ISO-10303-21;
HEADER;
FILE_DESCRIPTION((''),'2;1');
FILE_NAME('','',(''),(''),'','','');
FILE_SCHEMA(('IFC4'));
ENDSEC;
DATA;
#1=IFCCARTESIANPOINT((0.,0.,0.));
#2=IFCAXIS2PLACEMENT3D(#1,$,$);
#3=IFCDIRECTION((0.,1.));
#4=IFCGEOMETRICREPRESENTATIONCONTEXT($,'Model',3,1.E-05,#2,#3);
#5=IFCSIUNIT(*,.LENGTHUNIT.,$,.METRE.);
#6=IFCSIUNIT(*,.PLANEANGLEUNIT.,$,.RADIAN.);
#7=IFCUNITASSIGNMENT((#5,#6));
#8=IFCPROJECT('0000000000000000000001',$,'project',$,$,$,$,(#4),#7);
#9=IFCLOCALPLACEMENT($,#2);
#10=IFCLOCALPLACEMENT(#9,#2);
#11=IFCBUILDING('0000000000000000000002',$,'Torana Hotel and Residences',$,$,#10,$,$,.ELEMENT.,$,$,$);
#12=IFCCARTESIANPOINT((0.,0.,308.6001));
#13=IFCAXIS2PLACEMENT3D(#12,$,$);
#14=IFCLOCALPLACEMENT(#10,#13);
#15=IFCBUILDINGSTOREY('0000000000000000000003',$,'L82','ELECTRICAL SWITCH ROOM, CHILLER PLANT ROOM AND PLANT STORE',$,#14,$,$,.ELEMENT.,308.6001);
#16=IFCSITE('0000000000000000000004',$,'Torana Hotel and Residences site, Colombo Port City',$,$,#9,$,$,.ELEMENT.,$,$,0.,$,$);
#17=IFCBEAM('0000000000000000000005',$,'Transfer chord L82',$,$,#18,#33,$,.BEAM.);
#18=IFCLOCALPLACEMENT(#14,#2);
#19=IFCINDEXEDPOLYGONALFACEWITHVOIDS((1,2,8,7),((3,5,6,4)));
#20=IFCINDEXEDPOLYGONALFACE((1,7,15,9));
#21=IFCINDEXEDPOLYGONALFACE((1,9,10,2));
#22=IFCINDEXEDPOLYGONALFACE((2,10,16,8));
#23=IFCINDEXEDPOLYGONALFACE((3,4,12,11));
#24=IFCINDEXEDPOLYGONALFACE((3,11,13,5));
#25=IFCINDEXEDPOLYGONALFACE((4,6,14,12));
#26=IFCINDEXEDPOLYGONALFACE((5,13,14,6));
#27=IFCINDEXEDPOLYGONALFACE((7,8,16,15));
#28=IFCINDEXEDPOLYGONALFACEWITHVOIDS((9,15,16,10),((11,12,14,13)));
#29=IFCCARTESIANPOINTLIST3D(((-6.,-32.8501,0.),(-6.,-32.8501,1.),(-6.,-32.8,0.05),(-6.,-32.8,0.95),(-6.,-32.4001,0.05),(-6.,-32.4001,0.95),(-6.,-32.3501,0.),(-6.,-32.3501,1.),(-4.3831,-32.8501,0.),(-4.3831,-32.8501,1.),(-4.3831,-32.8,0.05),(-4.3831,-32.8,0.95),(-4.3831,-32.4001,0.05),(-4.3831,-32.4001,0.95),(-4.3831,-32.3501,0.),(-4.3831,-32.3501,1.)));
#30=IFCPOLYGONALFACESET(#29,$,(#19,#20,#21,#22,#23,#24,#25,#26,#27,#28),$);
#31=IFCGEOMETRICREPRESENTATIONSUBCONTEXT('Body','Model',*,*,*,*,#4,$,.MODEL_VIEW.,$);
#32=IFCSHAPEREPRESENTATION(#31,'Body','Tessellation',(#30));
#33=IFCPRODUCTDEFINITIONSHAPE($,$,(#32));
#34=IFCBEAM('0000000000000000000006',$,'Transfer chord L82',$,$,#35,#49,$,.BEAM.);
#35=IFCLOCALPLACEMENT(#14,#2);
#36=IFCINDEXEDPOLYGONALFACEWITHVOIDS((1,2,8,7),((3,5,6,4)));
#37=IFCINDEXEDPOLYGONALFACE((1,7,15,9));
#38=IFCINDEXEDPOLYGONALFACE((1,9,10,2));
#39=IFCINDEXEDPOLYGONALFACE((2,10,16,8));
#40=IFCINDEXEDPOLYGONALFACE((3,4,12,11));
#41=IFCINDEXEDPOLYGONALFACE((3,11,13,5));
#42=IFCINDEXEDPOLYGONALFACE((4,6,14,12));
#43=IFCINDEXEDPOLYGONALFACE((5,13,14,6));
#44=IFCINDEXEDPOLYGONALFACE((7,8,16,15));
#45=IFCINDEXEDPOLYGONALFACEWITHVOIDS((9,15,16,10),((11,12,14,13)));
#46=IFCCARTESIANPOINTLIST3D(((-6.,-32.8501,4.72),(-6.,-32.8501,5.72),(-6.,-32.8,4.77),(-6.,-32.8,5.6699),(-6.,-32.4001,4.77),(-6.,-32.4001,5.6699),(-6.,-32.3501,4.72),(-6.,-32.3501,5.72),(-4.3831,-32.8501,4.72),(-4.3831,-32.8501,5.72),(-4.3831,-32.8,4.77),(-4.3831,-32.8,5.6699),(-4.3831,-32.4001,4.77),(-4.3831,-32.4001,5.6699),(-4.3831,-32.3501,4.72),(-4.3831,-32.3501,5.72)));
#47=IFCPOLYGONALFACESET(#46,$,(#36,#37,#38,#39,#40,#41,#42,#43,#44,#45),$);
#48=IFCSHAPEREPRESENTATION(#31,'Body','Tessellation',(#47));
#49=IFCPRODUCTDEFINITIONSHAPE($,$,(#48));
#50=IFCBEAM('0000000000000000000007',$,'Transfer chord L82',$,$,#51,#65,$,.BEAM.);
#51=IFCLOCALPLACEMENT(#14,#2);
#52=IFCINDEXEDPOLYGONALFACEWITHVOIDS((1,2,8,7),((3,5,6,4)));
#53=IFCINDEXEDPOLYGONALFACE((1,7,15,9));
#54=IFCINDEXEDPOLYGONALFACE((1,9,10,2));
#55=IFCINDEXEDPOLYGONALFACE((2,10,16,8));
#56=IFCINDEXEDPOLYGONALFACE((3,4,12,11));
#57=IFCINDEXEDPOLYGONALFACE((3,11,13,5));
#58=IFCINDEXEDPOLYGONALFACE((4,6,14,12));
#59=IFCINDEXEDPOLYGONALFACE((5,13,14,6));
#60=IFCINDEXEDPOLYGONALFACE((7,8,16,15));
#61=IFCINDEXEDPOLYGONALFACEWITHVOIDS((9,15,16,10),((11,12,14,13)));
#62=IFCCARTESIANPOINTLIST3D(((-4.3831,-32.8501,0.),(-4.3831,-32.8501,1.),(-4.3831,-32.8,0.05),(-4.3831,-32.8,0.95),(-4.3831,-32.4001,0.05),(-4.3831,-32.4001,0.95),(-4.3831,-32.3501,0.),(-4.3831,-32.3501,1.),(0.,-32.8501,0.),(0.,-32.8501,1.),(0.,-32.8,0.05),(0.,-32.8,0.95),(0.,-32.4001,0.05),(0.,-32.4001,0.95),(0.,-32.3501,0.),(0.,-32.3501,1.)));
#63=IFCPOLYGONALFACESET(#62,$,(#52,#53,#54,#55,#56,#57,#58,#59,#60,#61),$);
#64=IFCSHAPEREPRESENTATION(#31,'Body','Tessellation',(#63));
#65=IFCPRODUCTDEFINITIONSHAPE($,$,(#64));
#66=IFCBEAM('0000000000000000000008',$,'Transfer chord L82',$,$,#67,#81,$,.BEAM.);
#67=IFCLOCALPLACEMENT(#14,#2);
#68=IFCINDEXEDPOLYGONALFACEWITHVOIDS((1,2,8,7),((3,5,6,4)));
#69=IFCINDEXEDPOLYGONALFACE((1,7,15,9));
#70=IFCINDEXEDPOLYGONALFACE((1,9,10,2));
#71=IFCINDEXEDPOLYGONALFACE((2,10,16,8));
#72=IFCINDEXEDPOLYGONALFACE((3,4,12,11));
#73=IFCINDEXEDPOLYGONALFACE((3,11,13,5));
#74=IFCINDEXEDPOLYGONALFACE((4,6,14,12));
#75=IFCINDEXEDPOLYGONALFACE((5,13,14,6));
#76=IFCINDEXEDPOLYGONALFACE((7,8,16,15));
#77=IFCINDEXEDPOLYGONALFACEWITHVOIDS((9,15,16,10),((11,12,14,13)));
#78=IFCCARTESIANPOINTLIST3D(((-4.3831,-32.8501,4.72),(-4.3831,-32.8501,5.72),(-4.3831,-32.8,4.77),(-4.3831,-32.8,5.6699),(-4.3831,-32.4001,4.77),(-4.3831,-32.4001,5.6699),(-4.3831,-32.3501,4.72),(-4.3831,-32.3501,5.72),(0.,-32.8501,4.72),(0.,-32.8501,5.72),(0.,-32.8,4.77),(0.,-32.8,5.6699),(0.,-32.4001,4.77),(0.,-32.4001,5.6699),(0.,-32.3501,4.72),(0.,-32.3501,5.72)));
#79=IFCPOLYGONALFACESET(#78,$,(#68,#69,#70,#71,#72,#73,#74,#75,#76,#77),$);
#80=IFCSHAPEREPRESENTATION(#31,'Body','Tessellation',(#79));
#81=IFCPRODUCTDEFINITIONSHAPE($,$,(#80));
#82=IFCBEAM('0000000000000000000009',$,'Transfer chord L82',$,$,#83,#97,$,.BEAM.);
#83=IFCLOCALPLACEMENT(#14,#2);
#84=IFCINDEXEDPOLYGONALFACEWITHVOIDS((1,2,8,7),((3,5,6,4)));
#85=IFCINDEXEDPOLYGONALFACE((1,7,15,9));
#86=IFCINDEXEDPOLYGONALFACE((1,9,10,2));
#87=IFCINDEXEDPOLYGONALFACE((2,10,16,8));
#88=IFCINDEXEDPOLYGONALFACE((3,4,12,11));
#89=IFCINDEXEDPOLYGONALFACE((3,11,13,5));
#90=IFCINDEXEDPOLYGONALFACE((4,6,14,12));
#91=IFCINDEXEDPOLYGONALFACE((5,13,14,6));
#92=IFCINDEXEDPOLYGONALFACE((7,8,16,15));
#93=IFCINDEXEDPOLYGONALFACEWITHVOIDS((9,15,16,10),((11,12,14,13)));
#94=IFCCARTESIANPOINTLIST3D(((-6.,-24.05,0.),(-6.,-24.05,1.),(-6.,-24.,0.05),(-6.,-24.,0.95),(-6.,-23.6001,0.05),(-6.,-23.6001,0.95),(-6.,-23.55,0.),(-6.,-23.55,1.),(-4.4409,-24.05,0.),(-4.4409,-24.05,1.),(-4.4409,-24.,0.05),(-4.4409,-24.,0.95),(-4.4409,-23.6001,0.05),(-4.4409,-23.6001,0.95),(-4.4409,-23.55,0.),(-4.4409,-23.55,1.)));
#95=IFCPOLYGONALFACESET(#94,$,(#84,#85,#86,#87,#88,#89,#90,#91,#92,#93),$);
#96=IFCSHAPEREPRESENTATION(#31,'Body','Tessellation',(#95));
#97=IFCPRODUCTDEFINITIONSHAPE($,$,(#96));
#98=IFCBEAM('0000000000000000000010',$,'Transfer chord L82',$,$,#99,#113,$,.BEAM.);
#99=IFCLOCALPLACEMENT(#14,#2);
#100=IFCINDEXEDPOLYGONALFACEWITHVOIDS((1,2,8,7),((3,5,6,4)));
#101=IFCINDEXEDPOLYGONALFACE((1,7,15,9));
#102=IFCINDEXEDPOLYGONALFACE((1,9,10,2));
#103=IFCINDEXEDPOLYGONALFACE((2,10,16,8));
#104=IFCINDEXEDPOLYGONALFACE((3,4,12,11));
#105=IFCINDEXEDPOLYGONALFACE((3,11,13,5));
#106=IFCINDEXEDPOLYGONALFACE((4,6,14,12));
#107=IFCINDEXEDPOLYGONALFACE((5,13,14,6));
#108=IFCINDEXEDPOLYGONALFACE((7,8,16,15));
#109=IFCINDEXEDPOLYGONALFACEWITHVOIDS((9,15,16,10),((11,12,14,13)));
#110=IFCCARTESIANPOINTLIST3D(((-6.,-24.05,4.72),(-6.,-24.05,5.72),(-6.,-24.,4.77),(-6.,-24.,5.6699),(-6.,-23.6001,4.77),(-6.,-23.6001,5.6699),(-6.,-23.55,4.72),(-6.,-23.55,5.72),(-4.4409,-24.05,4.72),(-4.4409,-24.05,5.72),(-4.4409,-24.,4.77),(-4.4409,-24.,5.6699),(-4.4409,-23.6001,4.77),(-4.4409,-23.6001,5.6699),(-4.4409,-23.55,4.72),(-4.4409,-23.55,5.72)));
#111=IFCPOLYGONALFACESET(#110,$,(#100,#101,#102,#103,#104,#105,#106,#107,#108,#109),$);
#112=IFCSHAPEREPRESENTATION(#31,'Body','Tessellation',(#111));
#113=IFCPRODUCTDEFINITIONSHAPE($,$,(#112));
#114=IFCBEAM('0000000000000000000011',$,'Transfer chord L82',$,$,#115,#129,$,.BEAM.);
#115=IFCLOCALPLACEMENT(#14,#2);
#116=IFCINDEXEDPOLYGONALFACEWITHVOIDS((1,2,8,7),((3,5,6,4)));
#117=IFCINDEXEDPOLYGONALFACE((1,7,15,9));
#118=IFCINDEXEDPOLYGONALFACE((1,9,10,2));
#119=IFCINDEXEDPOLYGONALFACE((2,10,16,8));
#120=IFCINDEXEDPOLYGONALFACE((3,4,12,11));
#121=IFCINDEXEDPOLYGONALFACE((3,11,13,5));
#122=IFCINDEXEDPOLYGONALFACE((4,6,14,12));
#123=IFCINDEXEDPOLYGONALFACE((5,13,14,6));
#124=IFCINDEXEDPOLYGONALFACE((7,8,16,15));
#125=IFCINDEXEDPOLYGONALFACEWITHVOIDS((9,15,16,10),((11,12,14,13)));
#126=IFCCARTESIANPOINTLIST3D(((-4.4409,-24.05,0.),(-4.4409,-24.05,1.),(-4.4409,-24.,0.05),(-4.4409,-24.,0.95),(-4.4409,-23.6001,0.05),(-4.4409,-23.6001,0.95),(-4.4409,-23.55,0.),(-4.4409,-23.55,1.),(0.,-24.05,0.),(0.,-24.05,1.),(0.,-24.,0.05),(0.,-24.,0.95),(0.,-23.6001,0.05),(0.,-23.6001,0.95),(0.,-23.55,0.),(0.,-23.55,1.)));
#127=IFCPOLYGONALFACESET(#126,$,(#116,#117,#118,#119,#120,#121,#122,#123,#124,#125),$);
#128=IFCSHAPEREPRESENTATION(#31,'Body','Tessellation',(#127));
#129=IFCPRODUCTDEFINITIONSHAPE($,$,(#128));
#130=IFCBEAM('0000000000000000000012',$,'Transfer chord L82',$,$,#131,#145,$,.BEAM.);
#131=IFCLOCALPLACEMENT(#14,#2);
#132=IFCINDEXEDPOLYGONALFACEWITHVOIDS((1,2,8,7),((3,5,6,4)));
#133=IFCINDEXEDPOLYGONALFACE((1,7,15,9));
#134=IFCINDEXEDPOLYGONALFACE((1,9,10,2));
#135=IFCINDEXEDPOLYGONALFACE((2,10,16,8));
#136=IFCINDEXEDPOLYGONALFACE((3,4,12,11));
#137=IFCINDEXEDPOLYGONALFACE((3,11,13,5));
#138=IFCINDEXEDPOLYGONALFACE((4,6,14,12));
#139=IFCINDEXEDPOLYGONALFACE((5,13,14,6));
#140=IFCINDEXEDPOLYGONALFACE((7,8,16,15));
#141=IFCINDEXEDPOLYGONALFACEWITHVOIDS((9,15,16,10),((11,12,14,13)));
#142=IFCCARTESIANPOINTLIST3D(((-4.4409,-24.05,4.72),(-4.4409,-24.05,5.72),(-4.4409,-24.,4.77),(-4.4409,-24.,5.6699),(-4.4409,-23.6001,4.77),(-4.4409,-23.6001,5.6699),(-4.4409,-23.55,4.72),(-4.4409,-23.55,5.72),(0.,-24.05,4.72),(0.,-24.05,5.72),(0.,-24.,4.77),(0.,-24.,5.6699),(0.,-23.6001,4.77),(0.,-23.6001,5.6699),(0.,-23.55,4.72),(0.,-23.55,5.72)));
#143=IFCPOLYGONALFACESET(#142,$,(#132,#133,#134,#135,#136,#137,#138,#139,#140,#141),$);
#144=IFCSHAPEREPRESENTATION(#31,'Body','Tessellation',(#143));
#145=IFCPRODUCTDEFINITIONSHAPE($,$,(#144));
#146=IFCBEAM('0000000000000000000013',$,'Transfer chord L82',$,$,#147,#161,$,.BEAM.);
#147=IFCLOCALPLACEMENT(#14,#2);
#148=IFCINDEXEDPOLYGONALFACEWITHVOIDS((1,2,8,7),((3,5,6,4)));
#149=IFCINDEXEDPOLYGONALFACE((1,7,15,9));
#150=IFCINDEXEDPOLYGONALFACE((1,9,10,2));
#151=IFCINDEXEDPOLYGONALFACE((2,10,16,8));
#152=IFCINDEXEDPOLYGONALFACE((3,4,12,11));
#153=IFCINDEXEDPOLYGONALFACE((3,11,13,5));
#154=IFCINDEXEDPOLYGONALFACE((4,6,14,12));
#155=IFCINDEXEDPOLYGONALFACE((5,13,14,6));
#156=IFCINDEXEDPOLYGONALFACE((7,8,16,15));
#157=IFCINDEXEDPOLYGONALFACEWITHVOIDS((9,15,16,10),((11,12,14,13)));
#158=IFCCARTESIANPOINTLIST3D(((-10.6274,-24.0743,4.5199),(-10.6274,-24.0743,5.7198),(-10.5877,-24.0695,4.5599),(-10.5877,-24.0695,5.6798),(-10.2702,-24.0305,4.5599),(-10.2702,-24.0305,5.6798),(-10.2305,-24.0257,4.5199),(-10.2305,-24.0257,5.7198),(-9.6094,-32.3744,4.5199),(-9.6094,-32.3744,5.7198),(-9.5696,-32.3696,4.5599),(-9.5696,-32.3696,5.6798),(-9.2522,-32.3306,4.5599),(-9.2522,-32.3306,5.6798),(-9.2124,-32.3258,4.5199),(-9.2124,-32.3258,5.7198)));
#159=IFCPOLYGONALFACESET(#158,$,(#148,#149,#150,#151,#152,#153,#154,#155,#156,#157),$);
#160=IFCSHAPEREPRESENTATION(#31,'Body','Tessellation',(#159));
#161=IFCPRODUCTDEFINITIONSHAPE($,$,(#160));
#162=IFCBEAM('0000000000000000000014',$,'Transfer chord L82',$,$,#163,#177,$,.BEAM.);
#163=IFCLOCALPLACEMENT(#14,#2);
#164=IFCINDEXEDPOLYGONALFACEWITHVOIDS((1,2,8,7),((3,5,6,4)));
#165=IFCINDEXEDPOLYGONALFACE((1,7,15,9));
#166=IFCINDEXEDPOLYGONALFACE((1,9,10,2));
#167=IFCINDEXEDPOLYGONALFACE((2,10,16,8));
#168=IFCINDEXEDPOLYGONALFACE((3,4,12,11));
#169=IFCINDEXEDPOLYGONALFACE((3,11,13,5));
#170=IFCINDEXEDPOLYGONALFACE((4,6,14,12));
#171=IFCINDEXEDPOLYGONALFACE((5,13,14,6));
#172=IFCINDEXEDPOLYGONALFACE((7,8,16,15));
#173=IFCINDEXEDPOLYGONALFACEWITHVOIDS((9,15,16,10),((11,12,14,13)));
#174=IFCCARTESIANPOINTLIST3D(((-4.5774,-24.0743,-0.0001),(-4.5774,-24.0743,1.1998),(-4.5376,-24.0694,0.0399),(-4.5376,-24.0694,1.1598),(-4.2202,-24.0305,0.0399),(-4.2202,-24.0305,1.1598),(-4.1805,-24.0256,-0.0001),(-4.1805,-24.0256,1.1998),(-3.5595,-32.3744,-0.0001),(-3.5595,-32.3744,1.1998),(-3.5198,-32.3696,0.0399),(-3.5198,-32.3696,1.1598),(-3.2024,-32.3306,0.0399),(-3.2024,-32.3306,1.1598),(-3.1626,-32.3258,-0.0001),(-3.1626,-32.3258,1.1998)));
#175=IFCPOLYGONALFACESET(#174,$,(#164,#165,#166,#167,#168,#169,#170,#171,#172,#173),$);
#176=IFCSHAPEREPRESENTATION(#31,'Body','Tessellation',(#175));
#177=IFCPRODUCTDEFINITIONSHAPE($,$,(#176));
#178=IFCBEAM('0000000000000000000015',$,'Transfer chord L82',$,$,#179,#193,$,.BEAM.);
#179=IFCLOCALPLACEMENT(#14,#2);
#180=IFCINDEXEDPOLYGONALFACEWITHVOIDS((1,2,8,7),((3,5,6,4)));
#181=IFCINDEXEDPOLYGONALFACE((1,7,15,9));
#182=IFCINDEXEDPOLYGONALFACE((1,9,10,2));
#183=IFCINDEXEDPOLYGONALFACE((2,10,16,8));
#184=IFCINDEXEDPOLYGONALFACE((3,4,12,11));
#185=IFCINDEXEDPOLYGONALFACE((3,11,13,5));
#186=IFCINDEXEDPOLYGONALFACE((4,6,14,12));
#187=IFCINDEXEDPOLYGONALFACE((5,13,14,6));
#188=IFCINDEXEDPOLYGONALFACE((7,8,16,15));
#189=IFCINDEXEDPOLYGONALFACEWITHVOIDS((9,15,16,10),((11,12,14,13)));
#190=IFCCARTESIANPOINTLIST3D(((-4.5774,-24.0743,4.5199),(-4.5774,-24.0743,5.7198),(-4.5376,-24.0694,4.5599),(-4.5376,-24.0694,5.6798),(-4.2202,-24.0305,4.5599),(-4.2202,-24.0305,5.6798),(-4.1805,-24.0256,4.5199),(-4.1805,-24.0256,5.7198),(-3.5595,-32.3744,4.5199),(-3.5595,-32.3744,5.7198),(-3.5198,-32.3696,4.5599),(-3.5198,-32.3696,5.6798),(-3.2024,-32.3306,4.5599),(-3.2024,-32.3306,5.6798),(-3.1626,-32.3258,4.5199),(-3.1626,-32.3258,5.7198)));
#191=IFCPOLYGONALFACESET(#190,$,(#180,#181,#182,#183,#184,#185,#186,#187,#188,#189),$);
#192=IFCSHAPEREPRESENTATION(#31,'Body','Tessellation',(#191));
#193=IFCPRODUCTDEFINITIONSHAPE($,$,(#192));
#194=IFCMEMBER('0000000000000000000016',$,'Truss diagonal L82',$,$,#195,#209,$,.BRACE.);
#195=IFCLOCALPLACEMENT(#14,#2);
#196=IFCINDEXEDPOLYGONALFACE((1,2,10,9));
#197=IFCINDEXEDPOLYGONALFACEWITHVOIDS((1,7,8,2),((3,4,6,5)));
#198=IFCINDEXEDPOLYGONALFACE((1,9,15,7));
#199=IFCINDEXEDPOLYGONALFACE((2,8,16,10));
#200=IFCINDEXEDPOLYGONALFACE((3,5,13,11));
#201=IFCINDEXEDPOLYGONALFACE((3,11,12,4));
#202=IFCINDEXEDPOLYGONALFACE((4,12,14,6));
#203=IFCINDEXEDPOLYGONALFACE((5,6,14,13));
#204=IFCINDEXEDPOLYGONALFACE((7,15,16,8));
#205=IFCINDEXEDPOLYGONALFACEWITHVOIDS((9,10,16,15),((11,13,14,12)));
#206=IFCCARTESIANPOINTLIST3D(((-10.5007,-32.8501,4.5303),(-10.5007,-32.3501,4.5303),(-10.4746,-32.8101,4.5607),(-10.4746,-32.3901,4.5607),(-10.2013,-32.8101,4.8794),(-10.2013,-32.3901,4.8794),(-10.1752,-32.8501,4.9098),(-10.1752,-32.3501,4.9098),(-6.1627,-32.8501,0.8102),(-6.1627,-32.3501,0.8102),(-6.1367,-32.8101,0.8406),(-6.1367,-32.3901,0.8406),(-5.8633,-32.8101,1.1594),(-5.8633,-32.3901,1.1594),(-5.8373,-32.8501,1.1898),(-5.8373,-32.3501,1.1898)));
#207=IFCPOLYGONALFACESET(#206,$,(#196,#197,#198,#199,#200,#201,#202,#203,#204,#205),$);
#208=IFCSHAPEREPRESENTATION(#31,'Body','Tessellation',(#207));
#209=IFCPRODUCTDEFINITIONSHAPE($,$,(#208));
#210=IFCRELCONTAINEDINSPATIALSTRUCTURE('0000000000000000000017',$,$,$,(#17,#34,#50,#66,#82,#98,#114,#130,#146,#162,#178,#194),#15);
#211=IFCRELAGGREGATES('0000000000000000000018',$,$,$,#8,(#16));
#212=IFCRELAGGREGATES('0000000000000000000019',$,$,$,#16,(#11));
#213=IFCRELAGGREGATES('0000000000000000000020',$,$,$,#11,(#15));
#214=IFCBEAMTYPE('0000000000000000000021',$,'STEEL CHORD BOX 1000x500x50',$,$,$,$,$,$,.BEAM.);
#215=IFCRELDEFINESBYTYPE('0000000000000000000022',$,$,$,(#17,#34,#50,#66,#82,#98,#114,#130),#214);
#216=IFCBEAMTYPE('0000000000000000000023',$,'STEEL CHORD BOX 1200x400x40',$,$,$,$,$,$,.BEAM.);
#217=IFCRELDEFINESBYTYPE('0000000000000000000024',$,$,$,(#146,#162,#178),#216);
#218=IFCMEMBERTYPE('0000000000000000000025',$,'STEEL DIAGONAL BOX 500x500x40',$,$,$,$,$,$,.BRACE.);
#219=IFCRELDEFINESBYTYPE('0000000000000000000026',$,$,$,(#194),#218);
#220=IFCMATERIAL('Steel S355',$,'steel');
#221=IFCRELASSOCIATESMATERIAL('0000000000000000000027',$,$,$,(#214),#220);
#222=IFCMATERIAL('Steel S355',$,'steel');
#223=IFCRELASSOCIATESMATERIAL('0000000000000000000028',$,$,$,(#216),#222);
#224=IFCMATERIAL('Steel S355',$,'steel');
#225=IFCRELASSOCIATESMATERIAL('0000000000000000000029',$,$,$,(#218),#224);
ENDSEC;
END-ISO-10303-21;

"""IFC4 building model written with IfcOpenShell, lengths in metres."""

from ifc_helpers import new_model, si_unit, direction, frame, origin, origin_2d, place, context, subcontext, project, spatial, hollow_rectangle, extrude, material, material_profile, profile_set, type_object, element, save


model = new_model("IFC4")

# Units and contexts
model_context = context("Model", 3, precision=1e-05, world=origin(), true_north=direction((0.0, 1.0)))
body_context = subcontext(model_context, "Body", "Model", "MODEL_VIEW")
ifc_project = project(units=[si_unit("LENGTHUNIT", "METRE"), si_unit("PLANEANGLEUNIT", "RADIAN")], contexts=[model_context])

# Site, building, storey
site_placement = place(None, origin())
site = spatial("IfcSite", under=ifc_project, at=site_placement, Name="Torana Hotel and Residences site, Colombo Port City", CompositionType="ELEMENT", RefElevation=0.0)
building_placement = place(site_placement, origin())
building = spatial("IfcBuilding", under=site, at=building_placement, Name="Torana Hotel and Residences", CompositionType="ELEMENT")
storey_placement = place(building_placement, frame((0.0, 0.0, 308.6001)))
storey = spatial("IfcBuildingStorey", under=building, at=storey_placement, Name="L82", Description="ELECTRICAL SWITCH ROOM, CHILLER PLANT ROOM AND PLANT STORE", CompositionType="ELEMENT", Elevation=308.6001)

# Beams
ifc_material_1 = material(Name="Steel S355", Category="steel")
ifc_material_profile_1 = material_profile(ifc_material_1, hollow_rectangle(XDim=0.5, YDim=1.0, WallThickness=0.05, at=origin_2d()), Name="BOX 1000x500x50")
ifc_profile_set_1 = profile_set([ifc_material_profile_1], Name="Steel S355")
beam_type_1 = type_object("IfcBeamType", Name="STEEL CHORD BOX 1000x500x50", PredefinedType="BEAM", material=ifc_profile_set_1)
for number, where, z_axis, x_axis, name in (
    (1, (-6.0, -32.6001, 0.5), (1.0, 0.0, 0.0), (0.0, 1.0, 0.0), "Transfer chord L82"),
    (2, (-6.0, -32.6001, 5.22), (1.0, 0.0, 0.0), (0.0, 1.0, 0.0), "Transfer chord L82"),
):
    element("IfcBeam", number, at=place(storey_placement, frame(where, z_axis=z_axis, x_axis=x_axis)), inside=storey, type_object=beam_type_1, Name=name, PredefinedType="BEAM", context=body_context, shape_type="SweptSolid", body=[
        extrude(hollow_rectangle(XDim=0.5, YDim=1.0, WallThickness=0.05, at=origin_2d()), origin(), (0.0, 0.0, 1.0), 1.6169),
    ])
for number, where, z_axis, x_axis, name in (
    (3, (-4.3831, -32.6001, 0.5), (1.0, 0.0, 0.0), (0.0, 1.0, 0.0), "Transfer chord L82"),
    (4, (-4.3831, -32.6001, 5.22), (1.0, 0.0, 0.0), (0.0, 1.0, 0.0), "Transfer chord L82"),
):
    element("IfcBeam", number, at=place(storey_placement, frame(where, z_axis=z_axis, x_axis=x_axis)), inside=storey, type_object=beam_type_1, Name=name, PredefinedType="BEAM", context=body_context, shape_type="SweptSolid", body=[
        extrude(hollow_rectangle(XDim=0.5, YDim=1.0, WallThickness=0.05, at=origin_2d()), origin(), (0.0, 0.0, 1.0), 4.3831),
    ])
for number, where, z_axis, x_axis, name in (
    (5, (-6.0, -23.8, 0.5), (1.0, 0.0, 0.0), (0.0, 1.0, 0.0), "Transfer chord L82"),
    (6, (-6.0, -23.8, 5.22), (1.0, 0.0, 0.0), (0.0, 1.0, 0.0), "Transfer chord L82"),
):
    element("IfcBeam", number, at=place(storey_placement, frame(where, z_axis=z_axis, x_axis=x_axis)), inside=storey, type_object=beam_type_1, Name=name, PredefinedType="BEAM", context=body_context, shape_type="SweptSolid", body=[
        extrude(hollow_rectangle(XDim=0.5, YDim=1.0, WallThickness=0.05, at=origin_2d()), origin(), (0.0, 0.0, 1.0), 1.5591),
    ])
for number, where, z_axis, x_axis, name in (
    (7, (-4.4409, -23.8, 0.5), (1.0, 0.0, 0.0), (0.0, 1.0, 0.0), "Transfer chord L82"),
    (8, (-4.4409, -23.8, 5.22), (1.0, 0.0, 0.0), (0.0, 1.0, 0.0), "Transfer chord L82"),
):
    element("IfcBeam", number, at=place(storey_placement, frame(where, z_axis=z_axis, x_axis=x_axis)), inside=storey, type_object=beam_type_1, Name=name, PredefinedType="BEAM", context=body_context, shape_type="SweptSolid", body=[
        extrude(hollow_rectangle(XDim=0.5, YDim=1.0, WallThickness=0.05, at=origin_2d()), origin(), (0.0, 0.0, 1.0), 4.4409),
    ])
ifc_material_2 = material(Name="Steel S355", Category="steel")
ifc_material_profile_2 = material_profile(ifc_material_2, hollow_rectangle(XDim=0.3999, YDim=1.2, WallThickness=0.04, at=origin_2d()), Name="BOX 1200x400x40")
ifc_profile_set_2 = profile_set([ifc_material_profile_2], Name="Steel S355")
beam_type_2 = type_object("IfcBeamType", Name="STEEL CHORD BOX 1200x400x40", PredefinedType="BEAM", material=ifc_profile_set_2)
for number, where, z_axis, x_axis, name in (
    (9, (-9.4109, -32.3501, 5.1199), (-0.121745, 0.992561, 0.0), (-0.992561, -0.121745, 0.0), "Transfer chord L82"),
    (10, (-3.3611, -32.3501, 0.5999), (-0.121717, 0.992565, 0.0), (-0.992565, -0.121717, 0.0), "Transfer chord L82"),
    (11, (-3.3611, -32.3501, 5.1199), (-0.121717, 0.992565, 0.0), (-0.992565, -0.121717, 0.0), "Transfer chord L82"),
):
    element("IfcBeam", number, at=place(storey_placement, frame(where, z_axis=z_axis, x_axis=x_axis)), inside=storey, type_object=beam_type_2, Name=name, PredefinedType="BEAM", context=body_context, shape_type="SweptSolid", body=[
        extrude(hollow_rectangle(XDim=0.3999, YDim=1.2, WallThickness=0.04, at=origin_2d()), origin(), (0.0, 0.0, 1.0), 8.3623),
    ])

# Member
ifc_material_3 = material(Name="Steel S355", Category="steel")
ifc_material_profile_3 = material_profile(ifc_material_3, hollow_rectangle(XDim=0.5, YDim=0.5, WallThickness=0.04, at=origin_2d()), Name="BOX 500x500x40")
ifc_profile_set_3 = profile_set([ifc_material_profile_3], Name="Steel S355")
member_type_1 = type_object("IfcMemberType", Name="STEEL DIAGONAL BOX 500x500x40", PredefinedType="BRACE", material=ifc_profile_set_3)
member_1_placement = place(storey_placement, frame((-6.0, -32.6001, 1.0), z_axis=(-0.759103, 0.0, 0.650971), x_axis=(0.0, -1.0, 0.0)))
element("IfcMember", 12, at=member_1_placement, inside=storey, type_object=member_type_1, Name="Truss diagonal L82", PredefinedType="BRACE", context=body_context, shape_type="SweptSolid", body=[
    extrude(hollow_rectangle(XDim=0.5, YDim=0.5, WallThickness=0.04, at=origin_2d()), origin(), (0.0, 0.0, 1.0), 5.7146),
])

save(model, "model.ifc")
